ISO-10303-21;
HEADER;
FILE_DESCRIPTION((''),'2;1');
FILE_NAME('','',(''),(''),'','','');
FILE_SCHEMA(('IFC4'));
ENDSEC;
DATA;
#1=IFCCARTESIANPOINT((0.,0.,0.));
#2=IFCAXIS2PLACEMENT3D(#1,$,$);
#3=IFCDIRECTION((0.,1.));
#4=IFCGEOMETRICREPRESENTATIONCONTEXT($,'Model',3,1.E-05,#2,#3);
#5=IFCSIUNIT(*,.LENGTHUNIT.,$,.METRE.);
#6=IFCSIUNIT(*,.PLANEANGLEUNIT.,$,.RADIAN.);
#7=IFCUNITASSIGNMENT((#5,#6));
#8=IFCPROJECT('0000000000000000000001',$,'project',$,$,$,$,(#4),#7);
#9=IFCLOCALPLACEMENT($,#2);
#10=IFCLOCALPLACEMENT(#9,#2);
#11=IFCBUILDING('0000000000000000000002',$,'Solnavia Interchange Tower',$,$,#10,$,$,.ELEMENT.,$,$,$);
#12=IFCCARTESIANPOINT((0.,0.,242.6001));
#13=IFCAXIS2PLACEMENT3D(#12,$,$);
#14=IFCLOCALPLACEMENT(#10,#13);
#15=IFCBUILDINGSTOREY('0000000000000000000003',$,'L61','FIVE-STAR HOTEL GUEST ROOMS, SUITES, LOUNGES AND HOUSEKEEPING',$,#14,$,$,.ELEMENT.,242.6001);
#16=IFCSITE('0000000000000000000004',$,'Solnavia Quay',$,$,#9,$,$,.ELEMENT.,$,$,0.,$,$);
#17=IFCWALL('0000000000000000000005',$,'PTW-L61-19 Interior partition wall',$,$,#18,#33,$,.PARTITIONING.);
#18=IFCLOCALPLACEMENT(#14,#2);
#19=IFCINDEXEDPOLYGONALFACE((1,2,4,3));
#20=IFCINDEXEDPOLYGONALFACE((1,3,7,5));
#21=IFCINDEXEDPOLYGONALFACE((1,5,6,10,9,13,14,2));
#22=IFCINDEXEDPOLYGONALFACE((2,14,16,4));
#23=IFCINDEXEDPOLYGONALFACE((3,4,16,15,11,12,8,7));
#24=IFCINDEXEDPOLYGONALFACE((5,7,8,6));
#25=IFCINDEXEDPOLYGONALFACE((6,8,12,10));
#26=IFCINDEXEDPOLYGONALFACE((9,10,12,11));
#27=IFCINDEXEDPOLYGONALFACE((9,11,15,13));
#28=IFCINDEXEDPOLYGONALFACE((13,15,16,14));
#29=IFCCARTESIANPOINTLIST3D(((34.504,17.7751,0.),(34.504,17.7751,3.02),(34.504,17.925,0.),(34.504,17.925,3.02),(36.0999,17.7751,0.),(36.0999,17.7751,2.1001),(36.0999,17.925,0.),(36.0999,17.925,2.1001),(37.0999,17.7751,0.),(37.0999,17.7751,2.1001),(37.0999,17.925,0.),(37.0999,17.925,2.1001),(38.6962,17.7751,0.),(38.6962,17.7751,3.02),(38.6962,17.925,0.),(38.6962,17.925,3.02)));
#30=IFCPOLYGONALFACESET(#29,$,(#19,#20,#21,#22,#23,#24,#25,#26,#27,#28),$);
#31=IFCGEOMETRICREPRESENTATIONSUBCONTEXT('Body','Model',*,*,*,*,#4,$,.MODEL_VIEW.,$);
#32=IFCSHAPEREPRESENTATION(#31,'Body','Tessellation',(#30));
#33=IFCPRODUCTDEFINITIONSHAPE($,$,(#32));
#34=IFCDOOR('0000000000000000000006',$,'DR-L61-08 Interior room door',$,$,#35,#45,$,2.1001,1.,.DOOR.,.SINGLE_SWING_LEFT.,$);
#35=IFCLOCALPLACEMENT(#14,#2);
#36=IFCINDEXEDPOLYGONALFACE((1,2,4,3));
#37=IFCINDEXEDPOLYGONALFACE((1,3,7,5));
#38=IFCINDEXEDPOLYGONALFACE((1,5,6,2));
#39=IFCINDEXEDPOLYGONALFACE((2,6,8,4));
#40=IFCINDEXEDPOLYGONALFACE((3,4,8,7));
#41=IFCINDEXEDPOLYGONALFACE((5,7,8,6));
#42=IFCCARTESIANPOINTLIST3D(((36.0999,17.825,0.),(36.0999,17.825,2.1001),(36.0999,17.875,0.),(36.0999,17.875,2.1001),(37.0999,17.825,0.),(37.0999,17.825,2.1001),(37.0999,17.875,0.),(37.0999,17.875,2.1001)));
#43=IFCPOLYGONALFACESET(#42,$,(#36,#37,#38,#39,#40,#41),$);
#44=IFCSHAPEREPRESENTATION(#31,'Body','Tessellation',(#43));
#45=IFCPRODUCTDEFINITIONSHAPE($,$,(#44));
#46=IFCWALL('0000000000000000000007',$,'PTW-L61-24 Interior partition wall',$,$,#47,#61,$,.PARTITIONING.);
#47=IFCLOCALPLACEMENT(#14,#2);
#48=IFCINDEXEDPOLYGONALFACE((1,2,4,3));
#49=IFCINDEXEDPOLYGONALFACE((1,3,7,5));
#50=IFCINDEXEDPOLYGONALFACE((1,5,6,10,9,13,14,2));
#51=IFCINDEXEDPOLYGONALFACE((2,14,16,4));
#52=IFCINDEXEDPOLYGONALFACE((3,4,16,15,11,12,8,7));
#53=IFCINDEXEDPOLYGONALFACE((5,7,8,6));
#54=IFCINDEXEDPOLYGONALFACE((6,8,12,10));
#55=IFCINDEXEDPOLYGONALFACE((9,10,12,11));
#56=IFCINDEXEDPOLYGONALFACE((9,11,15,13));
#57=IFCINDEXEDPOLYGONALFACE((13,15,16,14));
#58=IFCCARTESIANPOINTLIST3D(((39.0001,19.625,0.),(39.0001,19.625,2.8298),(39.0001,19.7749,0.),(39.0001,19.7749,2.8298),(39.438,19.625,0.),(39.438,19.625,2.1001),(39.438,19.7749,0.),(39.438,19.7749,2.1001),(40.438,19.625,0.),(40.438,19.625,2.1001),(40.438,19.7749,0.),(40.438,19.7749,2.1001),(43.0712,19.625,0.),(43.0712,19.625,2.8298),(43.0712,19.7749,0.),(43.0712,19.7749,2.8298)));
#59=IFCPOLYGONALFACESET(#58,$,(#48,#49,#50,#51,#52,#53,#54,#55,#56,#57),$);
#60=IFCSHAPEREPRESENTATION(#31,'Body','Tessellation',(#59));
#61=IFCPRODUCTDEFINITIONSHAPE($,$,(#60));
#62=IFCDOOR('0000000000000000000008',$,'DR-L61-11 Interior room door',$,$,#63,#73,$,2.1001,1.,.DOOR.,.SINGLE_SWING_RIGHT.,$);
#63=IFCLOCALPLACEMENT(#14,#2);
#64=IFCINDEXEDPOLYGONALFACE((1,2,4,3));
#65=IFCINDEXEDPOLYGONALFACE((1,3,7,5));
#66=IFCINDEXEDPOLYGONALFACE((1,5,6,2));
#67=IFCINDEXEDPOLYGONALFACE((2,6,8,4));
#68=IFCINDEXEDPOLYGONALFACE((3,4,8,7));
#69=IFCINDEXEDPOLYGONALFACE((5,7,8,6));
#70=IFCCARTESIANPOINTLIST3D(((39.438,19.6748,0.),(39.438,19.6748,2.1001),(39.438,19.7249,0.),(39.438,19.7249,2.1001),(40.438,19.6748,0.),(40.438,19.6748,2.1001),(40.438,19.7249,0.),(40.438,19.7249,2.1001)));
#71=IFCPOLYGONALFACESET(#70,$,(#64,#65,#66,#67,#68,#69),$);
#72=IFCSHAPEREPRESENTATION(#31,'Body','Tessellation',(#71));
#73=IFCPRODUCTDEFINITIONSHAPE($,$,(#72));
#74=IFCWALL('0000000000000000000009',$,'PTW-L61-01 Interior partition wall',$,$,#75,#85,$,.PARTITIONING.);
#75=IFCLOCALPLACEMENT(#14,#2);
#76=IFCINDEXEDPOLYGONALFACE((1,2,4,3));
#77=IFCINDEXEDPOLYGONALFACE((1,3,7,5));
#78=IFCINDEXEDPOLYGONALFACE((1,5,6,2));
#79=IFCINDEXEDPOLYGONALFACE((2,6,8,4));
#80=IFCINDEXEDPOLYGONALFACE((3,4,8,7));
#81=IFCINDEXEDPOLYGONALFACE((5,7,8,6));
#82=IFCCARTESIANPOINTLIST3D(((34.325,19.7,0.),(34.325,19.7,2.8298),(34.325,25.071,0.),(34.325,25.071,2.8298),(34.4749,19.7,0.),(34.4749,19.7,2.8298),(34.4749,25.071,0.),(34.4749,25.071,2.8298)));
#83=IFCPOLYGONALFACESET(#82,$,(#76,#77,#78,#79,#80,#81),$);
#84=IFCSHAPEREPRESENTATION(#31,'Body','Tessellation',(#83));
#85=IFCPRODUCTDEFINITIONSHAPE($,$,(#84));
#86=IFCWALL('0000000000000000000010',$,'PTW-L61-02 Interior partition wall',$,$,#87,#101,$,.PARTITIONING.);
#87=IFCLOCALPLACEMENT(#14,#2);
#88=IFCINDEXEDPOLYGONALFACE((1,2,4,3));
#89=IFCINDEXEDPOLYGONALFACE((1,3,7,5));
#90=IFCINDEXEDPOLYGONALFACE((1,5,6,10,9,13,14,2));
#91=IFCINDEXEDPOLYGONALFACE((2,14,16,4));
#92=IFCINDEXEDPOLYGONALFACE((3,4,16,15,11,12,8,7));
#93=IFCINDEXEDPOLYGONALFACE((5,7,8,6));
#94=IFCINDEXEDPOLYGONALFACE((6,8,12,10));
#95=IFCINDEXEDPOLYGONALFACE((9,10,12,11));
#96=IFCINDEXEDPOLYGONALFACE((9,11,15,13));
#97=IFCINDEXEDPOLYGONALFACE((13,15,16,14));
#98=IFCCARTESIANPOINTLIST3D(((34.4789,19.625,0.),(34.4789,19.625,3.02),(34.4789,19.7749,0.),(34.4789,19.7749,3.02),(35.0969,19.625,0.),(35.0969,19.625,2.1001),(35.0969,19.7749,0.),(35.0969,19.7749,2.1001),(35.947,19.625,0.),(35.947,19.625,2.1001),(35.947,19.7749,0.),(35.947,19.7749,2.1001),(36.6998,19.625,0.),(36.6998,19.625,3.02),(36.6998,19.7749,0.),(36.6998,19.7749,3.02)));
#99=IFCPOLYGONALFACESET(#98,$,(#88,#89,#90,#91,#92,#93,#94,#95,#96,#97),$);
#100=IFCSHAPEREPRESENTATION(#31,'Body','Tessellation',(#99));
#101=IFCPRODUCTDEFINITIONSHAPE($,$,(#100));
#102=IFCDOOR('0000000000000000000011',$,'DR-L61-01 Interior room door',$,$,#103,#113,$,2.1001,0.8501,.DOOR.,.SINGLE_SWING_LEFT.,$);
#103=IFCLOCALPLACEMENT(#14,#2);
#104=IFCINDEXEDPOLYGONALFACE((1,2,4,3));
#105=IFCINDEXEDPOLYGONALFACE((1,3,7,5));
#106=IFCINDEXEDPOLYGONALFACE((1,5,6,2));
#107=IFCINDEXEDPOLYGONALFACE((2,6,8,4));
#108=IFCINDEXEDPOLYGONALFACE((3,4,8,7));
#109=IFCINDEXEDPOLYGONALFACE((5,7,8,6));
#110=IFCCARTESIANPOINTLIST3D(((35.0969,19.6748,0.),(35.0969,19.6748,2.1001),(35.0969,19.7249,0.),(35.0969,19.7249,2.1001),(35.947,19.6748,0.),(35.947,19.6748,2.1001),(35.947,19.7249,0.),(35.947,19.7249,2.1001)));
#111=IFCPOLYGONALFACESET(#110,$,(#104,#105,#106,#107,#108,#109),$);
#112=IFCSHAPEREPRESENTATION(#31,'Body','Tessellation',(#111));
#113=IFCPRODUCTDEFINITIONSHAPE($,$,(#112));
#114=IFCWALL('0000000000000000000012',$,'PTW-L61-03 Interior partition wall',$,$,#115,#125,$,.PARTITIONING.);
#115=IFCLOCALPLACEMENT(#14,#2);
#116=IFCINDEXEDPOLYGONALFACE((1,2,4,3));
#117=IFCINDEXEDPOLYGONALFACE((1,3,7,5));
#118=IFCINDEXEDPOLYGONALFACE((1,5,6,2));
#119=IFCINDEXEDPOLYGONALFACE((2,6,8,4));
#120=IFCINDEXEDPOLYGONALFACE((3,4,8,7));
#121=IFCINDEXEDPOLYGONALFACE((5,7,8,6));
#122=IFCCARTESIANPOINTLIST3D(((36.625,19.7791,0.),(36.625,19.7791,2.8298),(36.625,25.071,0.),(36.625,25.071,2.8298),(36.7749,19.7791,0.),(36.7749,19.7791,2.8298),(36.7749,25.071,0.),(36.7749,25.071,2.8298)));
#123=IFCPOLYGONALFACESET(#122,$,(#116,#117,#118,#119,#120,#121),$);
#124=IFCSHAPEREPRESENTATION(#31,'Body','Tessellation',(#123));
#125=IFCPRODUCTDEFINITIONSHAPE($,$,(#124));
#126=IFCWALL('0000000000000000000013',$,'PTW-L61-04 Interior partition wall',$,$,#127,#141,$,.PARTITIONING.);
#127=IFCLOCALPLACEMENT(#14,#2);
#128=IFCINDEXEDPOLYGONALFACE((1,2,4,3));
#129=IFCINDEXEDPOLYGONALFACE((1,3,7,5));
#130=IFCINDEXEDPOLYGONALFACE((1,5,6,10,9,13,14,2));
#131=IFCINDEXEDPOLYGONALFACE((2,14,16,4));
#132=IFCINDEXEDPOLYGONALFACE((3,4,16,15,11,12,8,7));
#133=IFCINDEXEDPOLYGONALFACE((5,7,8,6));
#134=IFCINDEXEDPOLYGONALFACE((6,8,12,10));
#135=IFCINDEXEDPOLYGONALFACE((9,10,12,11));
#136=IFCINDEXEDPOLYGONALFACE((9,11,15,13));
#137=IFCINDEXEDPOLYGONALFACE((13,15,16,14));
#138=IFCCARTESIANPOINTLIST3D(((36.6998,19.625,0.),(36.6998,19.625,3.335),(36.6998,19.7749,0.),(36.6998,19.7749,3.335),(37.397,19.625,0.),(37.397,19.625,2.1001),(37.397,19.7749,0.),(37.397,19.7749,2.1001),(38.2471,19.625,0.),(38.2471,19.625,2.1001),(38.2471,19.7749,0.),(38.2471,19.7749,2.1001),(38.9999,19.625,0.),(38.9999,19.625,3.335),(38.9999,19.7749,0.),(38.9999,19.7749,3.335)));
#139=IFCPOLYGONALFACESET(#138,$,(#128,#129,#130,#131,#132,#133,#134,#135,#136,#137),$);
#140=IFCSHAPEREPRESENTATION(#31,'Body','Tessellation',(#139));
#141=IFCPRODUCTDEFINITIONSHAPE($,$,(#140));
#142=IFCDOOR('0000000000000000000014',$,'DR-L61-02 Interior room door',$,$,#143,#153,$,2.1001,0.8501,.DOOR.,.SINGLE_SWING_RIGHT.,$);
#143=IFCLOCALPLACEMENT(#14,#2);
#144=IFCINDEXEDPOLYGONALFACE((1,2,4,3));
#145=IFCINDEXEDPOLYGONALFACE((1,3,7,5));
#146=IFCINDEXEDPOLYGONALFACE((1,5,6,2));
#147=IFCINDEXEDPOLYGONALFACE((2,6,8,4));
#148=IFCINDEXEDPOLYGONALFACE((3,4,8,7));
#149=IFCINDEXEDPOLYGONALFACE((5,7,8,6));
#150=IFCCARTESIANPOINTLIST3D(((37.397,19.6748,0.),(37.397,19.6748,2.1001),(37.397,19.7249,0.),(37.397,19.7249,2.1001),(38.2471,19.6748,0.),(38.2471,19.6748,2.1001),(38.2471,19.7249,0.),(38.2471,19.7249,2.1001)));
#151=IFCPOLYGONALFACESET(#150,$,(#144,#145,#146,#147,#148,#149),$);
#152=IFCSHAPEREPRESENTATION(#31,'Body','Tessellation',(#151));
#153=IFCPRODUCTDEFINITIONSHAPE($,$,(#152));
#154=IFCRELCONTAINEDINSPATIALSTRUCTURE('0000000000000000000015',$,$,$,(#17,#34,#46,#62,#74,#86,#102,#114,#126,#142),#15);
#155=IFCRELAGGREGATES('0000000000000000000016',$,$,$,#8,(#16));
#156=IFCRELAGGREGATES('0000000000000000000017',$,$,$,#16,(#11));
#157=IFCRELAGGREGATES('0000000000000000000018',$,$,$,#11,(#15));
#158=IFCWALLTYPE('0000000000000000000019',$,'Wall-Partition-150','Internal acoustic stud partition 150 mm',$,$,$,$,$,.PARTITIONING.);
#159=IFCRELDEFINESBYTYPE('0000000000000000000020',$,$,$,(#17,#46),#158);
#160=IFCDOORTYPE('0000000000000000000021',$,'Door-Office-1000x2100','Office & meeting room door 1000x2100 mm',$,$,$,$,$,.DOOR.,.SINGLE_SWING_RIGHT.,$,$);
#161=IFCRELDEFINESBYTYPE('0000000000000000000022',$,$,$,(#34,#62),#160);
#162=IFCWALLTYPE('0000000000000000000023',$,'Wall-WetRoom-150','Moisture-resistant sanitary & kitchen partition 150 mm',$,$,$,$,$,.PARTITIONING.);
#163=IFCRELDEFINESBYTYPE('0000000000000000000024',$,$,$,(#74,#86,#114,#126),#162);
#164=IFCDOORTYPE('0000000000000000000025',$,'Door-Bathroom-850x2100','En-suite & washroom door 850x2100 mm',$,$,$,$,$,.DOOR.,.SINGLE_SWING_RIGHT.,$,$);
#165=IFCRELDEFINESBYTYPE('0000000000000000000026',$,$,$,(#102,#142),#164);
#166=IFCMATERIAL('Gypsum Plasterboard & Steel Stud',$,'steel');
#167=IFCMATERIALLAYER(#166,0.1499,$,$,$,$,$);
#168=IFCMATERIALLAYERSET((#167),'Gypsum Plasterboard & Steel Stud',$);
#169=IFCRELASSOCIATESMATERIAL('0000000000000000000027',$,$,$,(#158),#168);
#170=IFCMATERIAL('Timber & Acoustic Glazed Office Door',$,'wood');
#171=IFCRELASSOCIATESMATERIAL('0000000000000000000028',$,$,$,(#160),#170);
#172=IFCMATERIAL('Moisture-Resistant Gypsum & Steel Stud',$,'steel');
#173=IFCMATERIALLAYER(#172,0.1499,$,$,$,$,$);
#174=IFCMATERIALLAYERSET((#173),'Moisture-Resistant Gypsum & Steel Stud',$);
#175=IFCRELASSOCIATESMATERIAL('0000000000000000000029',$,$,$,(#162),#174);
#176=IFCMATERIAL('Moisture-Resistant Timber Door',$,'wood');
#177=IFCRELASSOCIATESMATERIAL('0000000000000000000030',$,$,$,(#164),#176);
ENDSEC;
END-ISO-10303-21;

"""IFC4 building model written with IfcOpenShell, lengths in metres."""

from ifc_helpers import new_model, si_unit, direction, frame, frame_2d, origin, place, context, subcontext, project, spatial, rectangle, extrude, material, layer, layer_set, type_object, element, fill, save


model = new_model("IFC4")

# Units and contexts
model_context = context("Model", 3, precision=1e-05, world=origin(), true_north=direction((0.0, 1.0)))
body_context = subcontext(model_context, "Body", "Model", "MODEL_VIEW")
ifc_project = project(units=[si_unit("LENGTHUNIT", "METRE"), si_unit("PLANEANGLEUNIT", "RADIAN")], contexts=[model_context])

# Site, building, storey
site_placement = place(None, origin())
site = spatial("IfcSite", under=ifc_project, at=site_placement, Name="Solnavia Quay", CompositionType="ELEMENT", RefElevation=0.0)
building_placement = place(site_placement, origin())
building = spatial("IfcBuilding", under=site, at=building_placement, Name="Solnavia Interchange Tower", CompositionType="ELEMENT")
storey_placement = place(building_placement, frame((0.0, 0.0, 242.6001)))
storey = spatial("IfcBuildingStorey", under=building, at=storey_placement, Name="L61", Description="FIVE-STAR HOTEL GUEST ROOMS, SUITES, LOUNGES AND HOUSEKEEPING", CompositionType="ELEMENT", Elevation=242.6001)

# Walls, openings, doors
ifc_material_1 = material(Name="Gypsum Plasterboard & Steel Stud", Category="steel")
ifc_layer_1 = layer(ifc_material_1, 0.1499)
ifc_layer_set_1 = layer_set([ifc_layer_1], Name="Gypsum Plasterboard & Steel Stud")
wall_type_1 = type_object("IfcWallType", Name="Wall-Partition-150", Description="Internal acoustic stud partition 150 mm", PredefinedType="PARTITIONING", material=ifc_layer_set_1)
wall_1_placement = place(storey_placement, frame((34.5039, 17.8501, 0.0), z_axis=(0.0, 0.0, 1.0), x_axis=(1.0, 0.0, 0.0)))
wall_1 = element("IfcWall", 1, at=wall_1_placement, inside=storey, type_object=wall_type_1, Name="PTW-L61-19 Interior partition wall", PredefinedType="PARTITIONING", context=body_context, shape_type="SweptSolid", body=[
    extrude(rectangle(XDim=4.1921, YDim=0.1499, at=frame_2d((2.0962, 0.0))), origin(), (0.0, 0.0, 1.0), 3.02),
])
opening_1_placement = place(wall_1_placement, frame((1.5959, 0.0, 0.0)))
opening_1 = element("IfcOpeningElement", 2, at=opening_1_placement, cuts=wall_1, PredefinedType="OPENING", context=body_context, shape_type="SweptSolid", body=[
    extrude(rectangle(XDim=1.0, YDim=2.1001, at=frame_2d((0.5, 1.05))), frame((0.0, 0.085, 0.0), z_axis=(0.0, -1.0, 0.0), x_axis=(1.0, 0.0, 0.0)), (0.0, 0.0, 1.0), 0.1699),
])
ifc_material_2 = material(Name="Timber & Acoustic Glazed Office Door", Category="wood")
door_type_1 = type_object("IfcDoorType", Name="Door-Office-1000x2100", Description="Office & meeting room door 1000x2100 mm", OperationType="SINGLE_SWING_RIGHT", PredefinedType="DOOR", material=ifc_material_2)
door_1_placement = place(opening_1_placement, origin())
door_1 = element("IfcDoor", 3, at=door_1_placement, inside=storey, type_object=door_type_1, Name="DR-L61-08 Interior room door", OperationType="SINGLE_SWING_LEFT", OverallHeight=2.1001, OverallWidth=1.0, PredefinedType="DOOR", context=body_context, shape_type="SweptSolid", body=[
    extrude(rectangle(XDim=1.0, YDim=2.1001, at=frame_2d((0.5, 1.05))), frame((0.0, 0.0249, 0.0), z_axis=(0.0, -1.0, 0.0), x_axis=(1.0, 0.0, 0.0)), (0.0, 0.0, 1.0), 0.05),
])
fill(opening_1, door_1)
wall_2_placement = place(storey_placement, frame((39.0, 19.7, 0.0), z_axis=(0.0, 0.0, 1.0), x_axis=(1.0, 0.0, 0.0)))
wall_2 = element("IfcWall", 4, at=wall_2_placement, inside=storey, type_object=wall_type_1, Name="PTW-L61-24 Interior partition wall", PredefinedType="PARTITIONING", context=body_context, shape_type="SweptSolid", body=[
    extrude(rectangle(XDim=4.071, YDim=0.1499, at=frame_2d((2.0356, 0.0))), origin(), (0.0, 0.0, 1.0), 2.8298),
])
opening_2_placement = place(wall_2_placement, frame((0.438, 0.0, 0.0)))
opening_2 = element("IfcOpeningElement", 5, at=opening_2_placement, cuts=wall_2, PredefinedType="OPENING", context=body_context, shape_type="SweptSolid", body=[
    extrude(rectangle(XDim=1.0, YDim=2.1001, at=frame_2d((0.5, 1.05))), frame((0.0, 0.085, 0.0), z_axis=(0.0, -1.0, 0.0), x_axis=(1.0, 0.0, 0.0)), (0.0, 0.0, 1.0), 0.1699),
])
door_2_placement = place(opening_2_placement, origin())
door_2 = element("IfcDoor", 6, at=door_2_placement, inside=storey, type_object=door_type_1, Name="DR-L61-11 Interior room door", OperationType="SINGLE_SWING_RIGHT", OverallHeight=2.1001, OverallWidth=1.0, PredefinedType="DOOR", context=body_context, shape_type="SweptSolid", body=[
    extrude(rectangle(XDim=1.0, YDim=2.1001, at=frame_2d((0.5, 1.05))), frame((0.0, 0.0249, 0.0), z_axis=(0.0, -1.0, 0.0), x_axis=(1.0, 0.0, 0.0)), (0.0, 0.0, 1.0), 0.05),
])
fill(opening_2, door_2)

# Wall
ifc_material_3 = material(Name="Moisture-Resistant Gypsum & Steel Stud", Category="steel")
ifc_layer_2 = layer(ifc_material_3, 0.1499)
ifc_layer_set_2 = layer_set([ifc_layer_2], Name="Moisture-Resistant Gypsum & Steel Stud")
wall_type_2 = type_object("IfcWallType", Name="Wall-WetRoom-150", Description="Moisture-resistant sanitary & kitchen partition 150 mm", PredefinedType="PARTITIONING", material=ifc_layer_set_2)
wall_3_placement = place(storey_placement, frame((34.3999, 19.7, 0.0), z_axis=(0.0, 0.0, 1.0), x_axis=(0.0, 1.0, 0.0)))
element("IfcWall", 7, at=wall_3_placement, inside=storey, type_object=wall_type_2, Name="PTW-L61-01 Interior partition wall", PredefinedType="PARTITIONING", context=body_context, shape_type="SweptSolid", body=[
    extrude(rectangle(XDim=5.3711, YDim=0.1499, at=frame_2d((2.6855, 0.0))), origin(), (0.0, 0.0, 1.0), 2.8298),
])

# Wall, opening, door
wall_4_placement = place(storey_placement, frame((34.479, 19.7, 0.0), z_axis=(0.0, 0.0, 1.0), x_axis=(1.0, 0.0, 0.0)))
wall_4 = element("IfcWall", 8, at=wall_4_placement, inside=storey, type_object=wall_type_2, Name="PTW-L61-02 Interior partition wall", PredefinedType="PARTITIONING", context=body_context, shape_type="SweptSolid", body=[
    extrude(rectangle(XDim=2.2209, YDim=0.1499, at=frame_2d((1.1104, 0.0))), origin(), (0.0, 0.0, 1.0), 3.02),
])
opening_3_placement = place(wall_4_placement, frame((0.6179, 0.0, 0.0)))
opening_3 = element("IfcOpeningElement", 9, at=opening_3_placement, cuts=wall_4, PredefinedType="OPENING", context=body_context, shape_type="SweptSolid", body=[
    extrude(rectangle(XDim=0.8501, YDim=2.1001, at=frame_2d((0.425, 1.05))), frame((0.0, 0.085, 0.0), z_axis=(0.0, -1.0, 0.0), x_axis=(1.0, 0.0, 0.0)), (0.0, 0.0, 1.0), 0.1699),
])
ifc_material_4 = material(Name="Moisture-Resistant Timber Door", Category="wood")
door_type_2 = type_object("IfcDoorType", Name="Door-Bathroom-850x2100", Description="En-suite & washroom door 850x2100 mm", OperationType="SINGLE_SWING_RIGHT", PredefinedType="DOOR", material=ifc_material_4)
door_3_placement = place(opening_3_placement, origin())
door_3 = element("IfcDoor", 10, at=door_3_placement, inside=storey, type_object=door_type_2, Name="DR-L61-01 Interior room door", OperationType="SINGLE_SWING_LEFT", OverallHeight=2.1001, OverallWidth=0.8501, PredefinedType="DOOR", context=body_context, shape_type="SweptSolid", body=[
    extrude(rectangle(XDim=0.8501, YDim=2.1001, at=frame_2d((0.425, 1.05))), frame((0.0, 0.0249, 0.0), z_axis=(0.0, -1.0, 0.0), x_axis=(1.0, 0.0, 0.0)), (0.0, 0.0, 1.0), 0.05),
])
fill(opening_3, door_3)

# Wall
wall_5_placement = place(storey_placement, frame((36.7, 19.7791, 0.0), z_axis=(0.0, 0.0, 1.0), x_axis=(0.0, 1.0, 0.0)))
element("IfcWall", 11, at=wall_5_placement, inside=storey, type_object=wall_type_2, Name="PTW-L61-03 Interior partition wall", PredefinedType="PARTITIONING", context=body_context, shape_type="SweptSolid", body=[
    extrude(rectangle(XDim=5.292, YDim=0.1499, at=frame_2d((2.646, 0.0))), origin(), (0.0, 0.0, 1.0), 2.8298),
])

# Wall, opening, door
wall_6_placement = place(storey_placement, frame((36.7, 19.7, 0.0), z_axis=(0.0, 0.0, 1.0), x_axis=(1.0, 0.0, 0.0)))
wall_6 = element("IfcWall", 12, at=wall_6_placement, inside=storey, type_object=wall_type_2, Name="PTW-L61-04 Interior partition wall", PredefinedType="PARTITIONING", context=body_context, shape_type="SweptSolid", body=[
    extrude(rectangle(XDim=2.3, YDim=0.1499, at=frame_2d((1.1499, 0.0))), origin(), (0.0, 0.0, 1.0), 3.335),
])
opening_4_placement = place(wall_6_placement, frame((0.697, 0.0, 0.0)))
opening_4 = element("IfcOpeningElement", 13, at=opening_4_placement, cuts=wall_6, PredefinedType="OPENING", context=body_context, shape_type="SweptSolid", body=[
    extrude(rectangle(XDim=0.8501, YDim=2.1001, at=frame_2d((0.425, 1.05))), frame((0.0, 0.085, 0.0), z_axis=(0.0, -1.0, 0.0), x_axis=(1.0, 0.0, 0.0)), (0.0, 0.0, 1.0), 0.1699),
])
door_4_placement = place(opening_4_placement, origin())
door_4 = element("IfcDoor", 14, at=door_4_placement, inside=storey, type_object=door_type_2, Name="DR-L61-02 Interior room door", OperationType="SINGLE_SWING_RIGHT", OverallHeight=2.1001, OverallWidth=0.8501, PredefinedType="DOOR", context=body_context, shape_type="SweptSolid", body=[
    extrude(rectangle(XDim=0.8501, YDim=2.1001, at=frame_2d((0.425, 1.05))), frame((0.0, 0.0249, 0.0), z_axis=(0.0, -1.0, 0.0), x_axis=(1.0, 0.0, 0.0)), (0.0, 0.0, 1.0), 0.05),
])
fill(opening_4, door_4)

save(model, "model.ifc")
